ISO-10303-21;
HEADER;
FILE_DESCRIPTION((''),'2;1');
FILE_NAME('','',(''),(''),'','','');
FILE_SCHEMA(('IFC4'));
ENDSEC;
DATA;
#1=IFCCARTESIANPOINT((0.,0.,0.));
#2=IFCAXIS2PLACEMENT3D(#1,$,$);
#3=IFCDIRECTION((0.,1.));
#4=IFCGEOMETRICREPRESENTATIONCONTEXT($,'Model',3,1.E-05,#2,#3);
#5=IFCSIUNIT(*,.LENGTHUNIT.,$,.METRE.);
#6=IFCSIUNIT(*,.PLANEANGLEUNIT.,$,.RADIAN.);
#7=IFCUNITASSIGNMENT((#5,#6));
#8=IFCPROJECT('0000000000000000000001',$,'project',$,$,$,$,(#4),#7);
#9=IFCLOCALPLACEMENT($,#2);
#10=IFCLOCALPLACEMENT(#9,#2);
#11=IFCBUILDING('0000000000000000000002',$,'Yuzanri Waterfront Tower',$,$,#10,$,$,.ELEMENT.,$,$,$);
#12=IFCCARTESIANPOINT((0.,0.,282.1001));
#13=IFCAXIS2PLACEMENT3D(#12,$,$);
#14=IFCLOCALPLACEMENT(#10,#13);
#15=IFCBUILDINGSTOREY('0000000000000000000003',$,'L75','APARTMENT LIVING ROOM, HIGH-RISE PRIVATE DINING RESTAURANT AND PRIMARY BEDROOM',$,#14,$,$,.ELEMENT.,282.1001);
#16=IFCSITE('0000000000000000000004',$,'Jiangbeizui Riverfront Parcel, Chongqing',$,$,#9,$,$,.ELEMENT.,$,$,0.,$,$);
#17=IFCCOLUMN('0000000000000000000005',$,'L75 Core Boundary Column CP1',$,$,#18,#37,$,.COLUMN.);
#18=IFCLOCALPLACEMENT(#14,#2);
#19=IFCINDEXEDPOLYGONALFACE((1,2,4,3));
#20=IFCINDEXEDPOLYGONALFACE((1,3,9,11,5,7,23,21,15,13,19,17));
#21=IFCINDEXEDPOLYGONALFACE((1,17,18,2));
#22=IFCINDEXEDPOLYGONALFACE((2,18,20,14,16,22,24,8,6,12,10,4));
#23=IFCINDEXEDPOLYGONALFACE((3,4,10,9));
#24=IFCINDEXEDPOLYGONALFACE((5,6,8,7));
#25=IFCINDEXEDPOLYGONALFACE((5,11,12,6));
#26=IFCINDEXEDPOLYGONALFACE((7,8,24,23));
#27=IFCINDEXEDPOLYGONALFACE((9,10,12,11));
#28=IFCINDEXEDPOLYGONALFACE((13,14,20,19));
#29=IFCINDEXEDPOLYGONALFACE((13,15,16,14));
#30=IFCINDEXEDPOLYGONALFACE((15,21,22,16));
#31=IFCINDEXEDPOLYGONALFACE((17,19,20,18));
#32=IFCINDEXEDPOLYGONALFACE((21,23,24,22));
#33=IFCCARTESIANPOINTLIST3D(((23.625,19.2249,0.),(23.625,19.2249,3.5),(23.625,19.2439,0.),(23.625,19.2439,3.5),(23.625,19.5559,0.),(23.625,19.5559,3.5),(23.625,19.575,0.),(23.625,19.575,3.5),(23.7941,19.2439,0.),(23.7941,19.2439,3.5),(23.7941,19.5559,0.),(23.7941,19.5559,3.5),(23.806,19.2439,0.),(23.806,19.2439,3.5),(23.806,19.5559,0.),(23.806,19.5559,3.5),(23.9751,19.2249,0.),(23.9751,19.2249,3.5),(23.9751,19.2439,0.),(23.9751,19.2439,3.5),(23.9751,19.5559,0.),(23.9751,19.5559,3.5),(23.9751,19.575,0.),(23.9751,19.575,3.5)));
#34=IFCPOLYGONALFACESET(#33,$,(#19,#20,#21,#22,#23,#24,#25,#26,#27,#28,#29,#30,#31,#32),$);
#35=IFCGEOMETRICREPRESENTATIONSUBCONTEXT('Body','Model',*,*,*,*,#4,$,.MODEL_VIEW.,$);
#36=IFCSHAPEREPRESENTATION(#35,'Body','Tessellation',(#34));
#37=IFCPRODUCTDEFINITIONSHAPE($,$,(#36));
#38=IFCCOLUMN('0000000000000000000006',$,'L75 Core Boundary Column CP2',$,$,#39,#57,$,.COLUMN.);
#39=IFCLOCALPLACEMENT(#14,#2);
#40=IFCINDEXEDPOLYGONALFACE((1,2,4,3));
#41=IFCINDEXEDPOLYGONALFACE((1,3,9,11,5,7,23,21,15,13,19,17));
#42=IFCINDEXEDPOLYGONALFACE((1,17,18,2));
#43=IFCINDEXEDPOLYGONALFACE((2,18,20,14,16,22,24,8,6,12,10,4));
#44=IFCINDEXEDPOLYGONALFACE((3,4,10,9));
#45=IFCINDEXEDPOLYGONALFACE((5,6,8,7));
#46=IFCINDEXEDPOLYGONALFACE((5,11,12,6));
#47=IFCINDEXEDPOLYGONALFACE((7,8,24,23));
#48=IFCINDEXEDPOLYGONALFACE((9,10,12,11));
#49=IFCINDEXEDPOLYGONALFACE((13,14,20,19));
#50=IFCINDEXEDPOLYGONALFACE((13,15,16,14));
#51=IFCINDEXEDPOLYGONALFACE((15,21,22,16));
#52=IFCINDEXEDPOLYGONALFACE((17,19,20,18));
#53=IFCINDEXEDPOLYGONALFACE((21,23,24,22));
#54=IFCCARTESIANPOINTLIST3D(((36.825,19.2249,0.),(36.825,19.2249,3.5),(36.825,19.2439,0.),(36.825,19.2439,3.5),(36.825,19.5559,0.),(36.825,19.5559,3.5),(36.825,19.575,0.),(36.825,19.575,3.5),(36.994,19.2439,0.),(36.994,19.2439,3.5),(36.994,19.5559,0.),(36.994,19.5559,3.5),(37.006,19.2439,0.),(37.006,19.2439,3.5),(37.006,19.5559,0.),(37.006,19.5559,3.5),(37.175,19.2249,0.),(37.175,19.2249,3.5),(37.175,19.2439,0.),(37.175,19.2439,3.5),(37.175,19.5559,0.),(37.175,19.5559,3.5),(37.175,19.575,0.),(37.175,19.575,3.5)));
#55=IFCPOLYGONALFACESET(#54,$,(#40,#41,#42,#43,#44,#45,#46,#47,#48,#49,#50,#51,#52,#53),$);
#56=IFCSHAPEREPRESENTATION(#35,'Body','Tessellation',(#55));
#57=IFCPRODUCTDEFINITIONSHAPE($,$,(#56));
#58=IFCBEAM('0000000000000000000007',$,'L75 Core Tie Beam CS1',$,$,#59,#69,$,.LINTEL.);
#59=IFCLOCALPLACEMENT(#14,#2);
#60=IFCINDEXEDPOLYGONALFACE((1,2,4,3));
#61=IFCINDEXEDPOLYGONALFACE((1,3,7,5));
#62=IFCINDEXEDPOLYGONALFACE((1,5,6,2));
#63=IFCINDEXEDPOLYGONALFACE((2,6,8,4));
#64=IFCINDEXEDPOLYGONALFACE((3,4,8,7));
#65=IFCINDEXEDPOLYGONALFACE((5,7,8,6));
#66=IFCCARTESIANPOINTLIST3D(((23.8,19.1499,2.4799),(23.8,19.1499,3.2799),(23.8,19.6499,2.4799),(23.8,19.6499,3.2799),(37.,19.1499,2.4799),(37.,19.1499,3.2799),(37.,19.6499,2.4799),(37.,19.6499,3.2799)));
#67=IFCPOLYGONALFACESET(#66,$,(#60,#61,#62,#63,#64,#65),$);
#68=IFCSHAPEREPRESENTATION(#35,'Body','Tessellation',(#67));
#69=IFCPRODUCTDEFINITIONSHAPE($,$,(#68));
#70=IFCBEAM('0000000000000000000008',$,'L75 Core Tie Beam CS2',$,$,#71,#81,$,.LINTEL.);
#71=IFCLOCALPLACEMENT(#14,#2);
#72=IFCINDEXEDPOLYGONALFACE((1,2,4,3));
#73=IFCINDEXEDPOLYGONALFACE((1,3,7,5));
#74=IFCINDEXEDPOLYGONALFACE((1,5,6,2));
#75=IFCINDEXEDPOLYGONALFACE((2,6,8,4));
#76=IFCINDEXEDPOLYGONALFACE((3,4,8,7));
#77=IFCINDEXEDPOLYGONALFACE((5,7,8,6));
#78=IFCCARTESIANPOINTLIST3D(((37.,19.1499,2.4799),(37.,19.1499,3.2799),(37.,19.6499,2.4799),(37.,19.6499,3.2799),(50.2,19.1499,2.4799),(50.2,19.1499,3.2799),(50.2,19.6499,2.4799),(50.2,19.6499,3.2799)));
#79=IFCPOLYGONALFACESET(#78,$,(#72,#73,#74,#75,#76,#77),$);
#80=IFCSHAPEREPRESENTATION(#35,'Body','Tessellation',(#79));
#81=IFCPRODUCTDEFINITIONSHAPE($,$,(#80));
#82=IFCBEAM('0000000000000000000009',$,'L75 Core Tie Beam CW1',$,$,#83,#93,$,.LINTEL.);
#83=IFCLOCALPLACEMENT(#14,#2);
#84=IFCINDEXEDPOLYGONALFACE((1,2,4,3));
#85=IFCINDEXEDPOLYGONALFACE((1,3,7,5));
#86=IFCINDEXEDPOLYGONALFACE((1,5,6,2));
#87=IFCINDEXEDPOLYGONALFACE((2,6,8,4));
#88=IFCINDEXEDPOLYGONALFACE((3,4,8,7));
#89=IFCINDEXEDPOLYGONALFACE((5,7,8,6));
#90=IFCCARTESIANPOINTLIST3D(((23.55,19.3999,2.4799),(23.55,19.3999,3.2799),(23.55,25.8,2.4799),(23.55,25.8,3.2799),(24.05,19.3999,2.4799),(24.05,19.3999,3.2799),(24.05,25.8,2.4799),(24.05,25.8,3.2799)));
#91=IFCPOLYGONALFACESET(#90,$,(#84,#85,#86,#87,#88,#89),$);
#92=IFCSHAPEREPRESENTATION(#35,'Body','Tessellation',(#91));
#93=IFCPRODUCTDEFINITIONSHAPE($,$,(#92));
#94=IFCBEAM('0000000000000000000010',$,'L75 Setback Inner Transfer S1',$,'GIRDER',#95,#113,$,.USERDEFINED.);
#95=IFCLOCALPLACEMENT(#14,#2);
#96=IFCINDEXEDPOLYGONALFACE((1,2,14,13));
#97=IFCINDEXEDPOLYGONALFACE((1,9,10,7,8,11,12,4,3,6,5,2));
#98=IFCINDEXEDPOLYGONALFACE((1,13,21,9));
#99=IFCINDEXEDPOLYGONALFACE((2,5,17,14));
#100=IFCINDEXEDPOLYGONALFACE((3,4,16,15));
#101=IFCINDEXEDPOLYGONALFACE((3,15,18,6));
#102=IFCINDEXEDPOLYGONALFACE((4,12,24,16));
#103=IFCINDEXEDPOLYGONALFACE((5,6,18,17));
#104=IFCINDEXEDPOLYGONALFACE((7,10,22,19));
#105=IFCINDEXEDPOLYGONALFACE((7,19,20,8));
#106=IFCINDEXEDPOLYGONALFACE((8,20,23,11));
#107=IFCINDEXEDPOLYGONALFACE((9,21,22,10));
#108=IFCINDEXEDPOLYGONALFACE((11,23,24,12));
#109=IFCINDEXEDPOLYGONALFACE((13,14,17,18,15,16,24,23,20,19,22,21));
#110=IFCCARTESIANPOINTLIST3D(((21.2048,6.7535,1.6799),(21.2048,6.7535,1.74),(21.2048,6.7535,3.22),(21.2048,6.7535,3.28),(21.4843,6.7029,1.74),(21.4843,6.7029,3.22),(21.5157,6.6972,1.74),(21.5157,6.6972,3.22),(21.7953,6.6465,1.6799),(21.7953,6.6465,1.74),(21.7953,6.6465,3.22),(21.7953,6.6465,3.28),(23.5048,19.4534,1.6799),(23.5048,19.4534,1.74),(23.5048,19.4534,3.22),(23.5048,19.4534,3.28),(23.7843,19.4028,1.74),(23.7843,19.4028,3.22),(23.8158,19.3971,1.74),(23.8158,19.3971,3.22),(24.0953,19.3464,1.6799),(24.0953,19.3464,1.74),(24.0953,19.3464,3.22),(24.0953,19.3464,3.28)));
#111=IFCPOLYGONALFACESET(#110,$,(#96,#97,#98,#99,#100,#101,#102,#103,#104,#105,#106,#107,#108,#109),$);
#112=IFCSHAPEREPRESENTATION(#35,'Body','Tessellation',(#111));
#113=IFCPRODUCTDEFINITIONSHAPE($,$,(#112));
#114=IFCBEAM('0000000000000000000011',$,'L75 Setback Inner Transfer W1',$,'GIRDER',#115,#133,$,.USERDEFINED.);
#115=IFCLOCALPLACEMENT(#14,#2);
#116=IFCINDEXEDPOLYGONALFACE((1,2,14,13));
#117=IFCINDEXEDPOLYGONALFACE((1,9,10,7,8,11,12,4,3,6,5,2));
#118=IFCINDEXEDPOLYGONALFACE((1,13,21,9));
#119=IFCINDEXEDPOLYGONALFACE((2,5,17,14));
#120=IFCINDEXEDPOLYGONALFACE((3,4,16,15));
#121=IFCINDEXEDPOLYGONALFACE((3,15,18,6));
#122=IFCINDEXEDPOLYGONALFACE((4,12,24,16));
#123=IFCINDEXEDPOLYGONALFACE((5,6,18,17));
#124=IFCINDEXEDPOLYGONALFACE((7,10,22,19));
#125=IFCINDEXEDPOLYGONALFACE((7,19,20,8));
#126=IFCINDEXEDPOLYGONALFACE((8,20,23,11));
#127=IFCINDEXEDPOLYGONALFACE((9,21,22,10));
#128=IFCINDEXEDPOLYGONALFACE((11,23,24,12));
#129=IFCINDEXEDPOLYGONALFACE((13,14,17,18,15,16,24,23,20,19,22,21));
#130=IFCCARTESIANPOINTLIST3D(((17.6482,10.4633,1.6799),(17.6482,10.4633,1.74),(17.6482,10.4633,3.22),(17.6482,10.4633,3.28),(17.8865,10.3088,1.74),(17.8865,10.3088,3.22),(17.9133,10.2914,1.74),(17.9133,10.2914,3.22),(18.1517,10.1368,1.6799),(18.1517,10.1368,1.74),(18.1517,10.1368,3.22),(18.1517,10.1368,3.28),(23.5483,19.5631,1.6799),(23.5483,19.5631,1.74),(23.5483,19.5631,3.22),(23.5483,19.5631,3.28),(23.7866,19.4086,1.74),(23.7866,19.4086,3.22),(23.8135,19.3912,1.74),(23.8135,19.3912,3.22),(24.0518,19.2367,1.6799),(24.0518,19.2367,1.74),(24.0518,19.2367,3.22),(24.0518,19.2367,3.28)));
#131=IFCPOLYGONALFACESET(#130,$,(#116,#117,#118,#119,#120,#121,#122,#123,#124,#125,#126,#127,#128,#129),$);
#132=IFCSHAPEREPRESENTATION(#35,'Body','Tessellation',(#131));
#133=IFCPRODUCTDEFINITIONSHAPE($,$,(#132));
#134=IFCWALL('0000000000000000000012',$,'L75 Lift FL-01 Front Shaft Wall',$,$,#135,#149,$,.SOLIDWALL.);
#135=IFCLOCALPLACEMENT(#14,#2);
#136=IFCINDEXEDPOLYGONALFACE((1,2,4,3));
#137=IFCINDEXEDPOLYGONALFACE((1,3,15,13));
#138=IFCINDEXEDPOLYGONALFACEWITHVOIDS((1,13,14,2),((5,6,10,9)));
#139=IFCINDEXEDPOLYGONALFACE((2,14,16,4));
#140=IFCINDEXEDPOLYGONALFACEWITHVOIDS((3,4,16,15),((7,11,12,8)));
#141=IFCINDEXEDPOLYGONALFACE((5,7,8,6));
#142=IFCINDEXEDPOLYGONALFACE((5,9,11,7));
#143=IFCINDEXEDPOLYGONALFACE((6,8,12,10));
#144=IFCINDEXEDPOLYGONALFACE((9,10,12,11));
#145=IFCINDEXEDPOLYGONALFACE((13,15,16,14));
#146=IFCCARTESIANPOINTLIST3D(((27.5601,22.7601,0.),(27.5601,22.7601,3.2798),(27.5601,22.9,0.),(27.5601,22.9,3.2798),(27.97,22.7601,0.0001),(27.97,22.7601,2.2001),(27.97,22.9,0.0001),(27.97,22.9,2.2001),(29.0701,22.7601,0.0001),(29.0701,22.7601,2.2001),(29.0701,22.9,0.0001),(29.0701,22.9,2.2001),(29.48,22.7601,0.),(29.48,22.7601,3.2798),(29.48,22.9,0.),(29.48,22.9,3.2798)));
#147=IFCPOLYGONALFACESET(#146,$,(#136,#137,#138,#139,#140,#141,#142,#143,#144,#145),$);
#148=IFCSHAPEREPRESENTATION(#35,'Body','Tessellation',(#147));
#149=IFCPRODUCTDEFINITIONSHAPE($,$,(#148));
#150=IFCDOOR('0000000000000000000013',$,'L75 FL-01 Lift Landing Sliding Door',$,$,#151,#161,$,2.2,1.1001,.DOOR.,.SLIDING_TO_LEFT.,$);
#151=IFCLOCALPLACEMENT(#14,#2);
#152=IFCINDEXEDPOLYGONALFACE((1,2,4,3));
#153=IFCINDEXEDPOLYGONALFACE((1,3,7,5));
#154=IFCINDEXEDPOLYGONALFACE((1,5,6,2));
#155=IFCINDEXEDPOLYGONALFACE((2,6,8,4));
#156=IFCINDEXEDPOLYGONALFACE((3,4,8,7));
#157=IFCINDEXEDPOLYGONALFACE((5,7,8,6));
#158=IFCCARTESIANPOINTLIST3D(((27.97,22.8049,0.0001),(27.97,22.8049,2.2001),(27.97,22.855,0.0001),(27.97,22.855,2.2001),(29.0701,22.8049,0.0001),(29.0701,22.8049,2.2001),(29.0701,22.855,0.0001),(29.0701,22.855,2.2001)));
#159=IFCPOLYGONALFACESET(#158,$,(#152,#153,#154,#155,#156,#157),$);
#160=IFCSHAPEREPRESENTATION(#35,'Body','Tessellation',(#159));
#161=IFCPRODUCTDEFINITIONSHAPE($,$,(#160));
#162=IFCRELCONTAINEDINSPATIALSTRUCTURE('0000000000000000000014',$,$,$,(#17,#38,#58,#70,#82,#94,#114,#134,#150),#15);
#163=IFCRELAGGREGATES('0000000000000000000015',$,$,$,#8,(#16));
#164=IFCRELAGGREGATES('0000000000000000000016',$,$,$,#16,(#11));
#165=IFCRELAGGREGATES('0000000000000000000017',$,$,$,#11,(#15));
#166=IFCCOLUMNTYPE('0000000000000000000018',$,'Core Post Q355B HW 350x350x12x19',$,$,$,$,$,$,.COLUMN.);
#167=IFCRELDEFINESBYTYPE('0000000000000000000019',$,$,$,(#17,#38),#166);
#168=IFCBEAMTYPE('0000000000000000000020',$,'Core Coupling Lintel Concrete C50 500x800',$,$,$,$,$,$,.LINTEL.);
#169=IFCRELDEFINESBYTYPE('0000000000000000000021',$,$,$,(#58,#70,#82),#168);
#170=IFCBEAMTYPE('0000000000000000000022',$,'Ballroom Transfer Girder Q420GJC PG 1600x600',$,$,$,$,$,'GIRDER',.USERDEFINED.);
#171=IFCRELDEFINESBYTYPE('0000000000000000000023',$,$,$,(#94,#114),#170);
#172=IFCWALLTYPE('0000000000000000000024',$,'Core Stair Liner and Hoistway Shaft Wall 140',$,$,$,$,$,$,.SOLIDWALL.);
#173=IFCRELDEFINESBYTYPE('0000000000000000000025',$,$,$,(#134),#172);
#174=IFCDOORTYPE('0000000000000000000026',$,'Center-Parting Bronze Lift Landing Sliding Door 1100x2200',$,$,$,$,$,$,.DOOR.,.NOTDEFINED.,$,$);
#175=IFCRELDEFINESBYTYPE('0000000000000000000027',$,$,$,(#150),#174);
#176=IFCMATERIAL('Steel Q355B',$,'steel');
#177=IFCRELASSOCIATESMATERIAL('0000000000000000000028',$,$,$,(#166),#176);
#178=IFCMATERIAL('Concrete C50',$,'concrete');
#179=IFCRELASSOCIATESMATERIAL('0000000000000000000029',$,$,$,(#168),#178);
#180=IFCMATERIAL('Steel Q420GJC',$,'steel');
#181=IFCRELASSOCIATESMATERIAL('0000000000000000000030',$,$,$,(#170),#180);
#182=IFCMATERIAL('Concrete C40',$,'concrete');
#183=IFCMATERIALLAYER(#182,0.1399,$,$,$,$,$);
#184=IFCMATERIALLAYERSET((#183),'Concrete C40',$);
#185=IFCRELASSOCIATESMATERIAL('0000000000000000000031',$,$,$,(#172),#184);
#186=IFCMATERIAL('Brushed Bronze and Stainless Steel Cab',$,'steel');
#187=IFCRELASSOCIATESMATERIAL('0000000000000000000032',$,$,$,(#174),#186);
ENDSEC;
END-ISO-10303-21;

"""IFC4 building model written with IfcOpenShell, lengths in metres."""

from ifc_helpers import new_model, si_unit, direction, frame, frame_2d, origin, origin_2d, place, context, subcontext, project, spatial, rectangle, i_section, extrude, source, transform, mapped, material, layer, layer_set, material_profile, profile_set, type_object, element, fill, save


model = new_model("IFC4")

# Units and contexts
model_context = context("Model", 3, precision=1e-05, world=origin(), true_north=direction((0.0, 1.0)))
body_context = subcontext(model_context, "Body", "Model", "MODEL_VIEW")
ifc_project = project(units=[si_unit("LENGTHUNIT", "METRE"), si_unit("PLANEANGLEUNIT", "RADIAN")], contexts=[model_context])

# Site, building, storey
site_placement = place(None, origin())
site = spatial("IfcSite", under=ifc_project, at=site_placement, Name="Jiangbeizui Riverfront Parcel, Chongqing", CompositionType="ELEMENT", RefElevation=0.0)
building_placement = place(site_placement, origin())
building = spatial("IfcBuilding", under=site, at=building_placement, Name="Yuzanri Waterfront Tower", CompositionType="ELEMENT")
storey_placement = place(building_placement, frame((0.0, 0.0, 282.1001)))
storey = spatial("IfcBuildingStorey", under=building, at=storey_placement, Name="L75", Description="APARTMENT LIVING ROOM, HIGH-RISE PRIVATE DINING RESTAURANT AND PRIMARY BEDROOM", CompositionType="ELEMENT", Elevation=282.1001)

# Columns
ifc_material_1 = material(Name="Steel Q355B", Category="steel")
ifc_material_profile_1 = material_profile(ifc_material_1, i_section(OverallWidth=0.3501, OverallDepth=0.3501, WebThickness=0.012, FlangeThickness=0.019, at=origin_2d()), Name="HW 350x350x12x19")
ifc_profile_set_1 = profile_set([ifc_material_profile_1], Name="Steel Q355B")
column_type = type_object("IfcColumnType", Name="Core Post Q355B HW 350x350x12x19", PredefinedType="COLUMN", material=ifc_profile_set_1)
shared_shape_1 = source(origin(), body_context, "Body", "SweptSolid", [
    extrude(i_section(OverallWidth=0.3501, OverallDepth=0.3501, WebThickness=0.012, FlangeThickness=0.019, at=origin_2d()), origin(), (0.0, 0.0, 1.0), 3.5),
])
for number, where, z_axis, x_axis, name in (
    (1, (23.8, 19.3999, 0.0), (0.0, 0.0, 1.0), (1.0, 0.0, 0.0), "L75 Core Boundary Column CP1"),
    (2, (37.0, 19.3999, 0.0), (0.0, 0.0, 1.0), (1.0, 0.0, 0.0), "L75 Core Boundary Column CP2"),
):
    element("IfcColumn", number, at=place(storey_placement, frame(where, z_axis=z_axis, x_axis=x_axis)), inside=storey, type_object=column_type, Name=name, PredefinedType="COLUMN", context=body_context, shape_type="MappedRepresentation", body=[
        mapped(shared_shape_1, transform((0.0, 0.0, 0.0), scale=1.0)),
    ])

# Beams
ifc_material_2 = material(Name="Concrete C50", Category="concrete")
ifc_material_profile_2 = material_profile(ifc_material_2, rectangle(XDim=0.5, YDim=0.8, at=origin_2d()), Name="RC 500x800")
ifc_profile_set_2 = profile_set([ifc_material_profile_2], Name="Concrete C50")
beam_type_1 = type_object("IfcBeamType", Name="Core Coupling Lintel Concrete C50 500x800", PredefinedType="LINTEL", material=ifc_profile_set_2)
shared_shape_2 = source(origin(), body_context, "Body", "SweptSolid", [
    extrude(rectangle(XDim=0.5, YDim=0.8, at=origin_2d()), origin(), (0.0, 0.0, 1.0), 13.2),
])
for number, where, z_axis, x_axis, name in (
    (3, (23.8, 19.3999, 2.8799), (1.0, 0.0, 0.0), (0.0, 1.0, 0.0), "L75 Core Tie Beam CS1"),
    (4, (37.0, 19.3999, 2.8799), (1.0, 0.0, 0.0), (0.0, 1.0, 0.0), "L75 Core Tie Beam CS2"),
):
    element("IfcBeam", number, at=place(storey_placement, frame(where, z_axis=z_axis, x_axis=x_axis)), inside=storey, type_object=beam_type_1, Name=name, PredefinedType="LINTEL", context=body_context, shape_type="MappedRepresentation", body=[
        mapped(shared_shape_2, transform((0.0, 0.0, 0.0), scale=1.0)),
    ])
shared_shape_3 = source(origin(), body_context, "Body", "SweptSolid", [
    extrude(rectangle(XDim=0.5, YDim=0.8, at=origin_2d()), origin(), (0.0, 0.0, 1.0), 6.4001),
])
beam_1_placement = place(storey_placement, frame((23.8, 19.3999, 2.8799), z_axis=(0.0, 1.0, 0.0), x_axis=(-1.0, 0.0, 0.0)))
element("IfcBeam", 5, at=beam_1_placement, inside=storey, type_object=beam_type_1, Name="L75 Core Tie Beam CW1", PredefinedType="LINTEL", context=body_context, shape_type="MappedRepresentation", body=[
    mapped(shared_shape_3, transform((0.0, 0.0, 0.0), scale=1.0)),
])
ifc_material_3 = material(Name="Steel Q420GJC", Category="steel")
ifc_material_profile_3 = material_profile(ifc_material_3, i_section(OverallWidth=0.6001, OverallDepth=1.6001, WebThickness=0.032, FlangeThickness=0.0601, at=origin_2d()), Name="PG 1600x600x32x60")
ifc_profile_set_3 = profile_set([ifc_material_profile_3], Name="Steel Q420GJC")
beam_type_2 = type_object("IfcBeamType", Name="Ballroom Transfer Girder Q420GJC PG 1600x600", ElementType="GIRDER", PredefinedType="USERDEFINED", material=ifc_profile_set_3)
shared_shape_4 = source(origin(), body_context, "Body", "SweptSolid", [
    extrude(i_section(OverallWidth=0.6001, OverallDepth=1.6001, WebThickness=0.032, FlangeThickness=0.0601, at=origin_2d()), origin(), (0.0, 0.0, 1.0), 12.9065),
])
beam_2_placement = place(storey_placement, frame((23.8, 19.3999, 2.48), z_axis=(-0.178208, -0.983993, 0.0), x_axis=(0.983993, -0.178208, 0.0)))
element("IfcBeam", 6, at=beam_2_placement, inside=storey, type_object=beam_type_2, Name="L75 Setback Inner Transfer S1", ObjectType="GIRDER", PredefinedType="USERDEFINED", context=body_context, shape_type="MappedRepresentation", body=[
    mapped(shared_shape_4, transform((0.0, 0.0, 0.0), scale=1.0)),
])
shared_shape_5 = source(origin(), body_context, "Body", "SweptSolid", [
    extrude(i_section(OverallWidth=0.6001, OverallDepth=1.6001, WebThickness=0.032, FlangeThickness=0.0601, at=origin_2d()), origin(), (0.0, 0.0, 1.0), 10.8452),
])
beam_3_placement = place(storey_placement, frame((23.8, 19.3999, 2.48), z_axis=(-0.544031, -0.839065, 0.0), x_axis=(0.839065, -0.544031, 0.0)))
element("IfcBeam", 7, at=beam_3_placement, inside=storey, type_object=beam_type_2, Name="L75 Setback Inner Transfer W1", ObjectType="GIRDER", PredefinedType="USERDEFINED", context=body_context, shape_type="MappedRepresentation", body=[
    mapped(shared_shape_5, transform((0.0, 0.0, 0.0), scale=1.0)),
])

# Wall, opening, door
ifc_material_4 = material(Name="Concrete C40", Category="concrete")
ifc_layer_1 = layer(ifc_material_4, 0.1399)
ifc_layer_set_1 = layer_set([ifc_layer_1], Name="Concrete C40")
wall_type_1 = type_object("IfcWallType", Name="Core Stair Liner and Hoistway Shaft Wall 140", PredefinedType="SOLIDWALL", material=ifc_layer_set_1)
wall_1_placement = place(storey_placement, frame((27.5601, 22.8301, 0.0), z_axis=(0.0, 0.0, 1.0), x_axis=(1.0, 0.0, 0.0)))
wall_1 = element("IfcWall", 8, at=wall_1_placement, inside=storey, type_object=wall_type_1, Name="L75 Lift FL-01 Front Shaft Wall", PredefinedType="SOLIDWALL", context=body_context, shape_type="SweptSolid", body=[
    extrude(rectangle(XDim=1.9199, YDim=0.1399, at=frame_2d((0.96, 0.0))), origin(), (0.0, 0.0, 1.0), 3.2798),
])
opening_1_placement = place(wall_1_placement, frame((0.4099, 0.0, 0.0)))
opening_1 = element("IfcOpeningElement", 9, at=opening_1_placement, cuts=wall_1, PredefinedType="OPENING", context=body_context, shape_type="SweptSolid", body=[
    extrude(rectangle(XDim=1.1001, YDim=2.2, at=frame_2d((0.55, 1.1001))), frame((0.0, 0.085, 0.0), z_axis=(0.0, -1.0, 0.0), x_axis=(1.0, 0.0, 0.0)), (0.0, 0.0, 1.0), 0.1697),
])
ifc_material_5 = material(Name="Brushed Bronze and Stainless Steel Cab", Category="steel")
door_type_1 = type_object("IfcDoorType", Name="Center-Parting Bronze Lift Landing Sliding Door 1100x2200", OperationType="NOTDEFINED", PredefinedType="DOOR", material=ifc_material_5)
shared_shape_6 = source(origin(), body_context, "Body", "SweptSolid", [
    extrude(rectangle(XDim=1.1001, YDim=2.2, at=frame_2d((0.55, 1.1001))), frame((0.0, 0.0249, 0.0), z_axis=(0.0, -1.0, 0.0), x_axis=(1.0, 0.0, 0.0)), (0.0, 0.0, 1.0), 0.05),
])
door_1_placement = place(opening_1_placement, origin())
door_1 = element("IfcDoor", 10, at=door_1_placement, inside=storey, type_object=door_type_1, Name="L75 FL-01 Lift Landing Sliding Door", OperationType="SLIDING_TO_LEFT", OverallHeight=2.2, OverallWidth=1.1001, PredefinedType="DOOR", context=body_context, shape_type="MappedRepresentation", body=[
    mapped(shared_shape_6, transform((0.0, 0.0, 0.0), scale=1.0)),
])
fill(opening_1, door_1)

save(model, "model.ifc")
